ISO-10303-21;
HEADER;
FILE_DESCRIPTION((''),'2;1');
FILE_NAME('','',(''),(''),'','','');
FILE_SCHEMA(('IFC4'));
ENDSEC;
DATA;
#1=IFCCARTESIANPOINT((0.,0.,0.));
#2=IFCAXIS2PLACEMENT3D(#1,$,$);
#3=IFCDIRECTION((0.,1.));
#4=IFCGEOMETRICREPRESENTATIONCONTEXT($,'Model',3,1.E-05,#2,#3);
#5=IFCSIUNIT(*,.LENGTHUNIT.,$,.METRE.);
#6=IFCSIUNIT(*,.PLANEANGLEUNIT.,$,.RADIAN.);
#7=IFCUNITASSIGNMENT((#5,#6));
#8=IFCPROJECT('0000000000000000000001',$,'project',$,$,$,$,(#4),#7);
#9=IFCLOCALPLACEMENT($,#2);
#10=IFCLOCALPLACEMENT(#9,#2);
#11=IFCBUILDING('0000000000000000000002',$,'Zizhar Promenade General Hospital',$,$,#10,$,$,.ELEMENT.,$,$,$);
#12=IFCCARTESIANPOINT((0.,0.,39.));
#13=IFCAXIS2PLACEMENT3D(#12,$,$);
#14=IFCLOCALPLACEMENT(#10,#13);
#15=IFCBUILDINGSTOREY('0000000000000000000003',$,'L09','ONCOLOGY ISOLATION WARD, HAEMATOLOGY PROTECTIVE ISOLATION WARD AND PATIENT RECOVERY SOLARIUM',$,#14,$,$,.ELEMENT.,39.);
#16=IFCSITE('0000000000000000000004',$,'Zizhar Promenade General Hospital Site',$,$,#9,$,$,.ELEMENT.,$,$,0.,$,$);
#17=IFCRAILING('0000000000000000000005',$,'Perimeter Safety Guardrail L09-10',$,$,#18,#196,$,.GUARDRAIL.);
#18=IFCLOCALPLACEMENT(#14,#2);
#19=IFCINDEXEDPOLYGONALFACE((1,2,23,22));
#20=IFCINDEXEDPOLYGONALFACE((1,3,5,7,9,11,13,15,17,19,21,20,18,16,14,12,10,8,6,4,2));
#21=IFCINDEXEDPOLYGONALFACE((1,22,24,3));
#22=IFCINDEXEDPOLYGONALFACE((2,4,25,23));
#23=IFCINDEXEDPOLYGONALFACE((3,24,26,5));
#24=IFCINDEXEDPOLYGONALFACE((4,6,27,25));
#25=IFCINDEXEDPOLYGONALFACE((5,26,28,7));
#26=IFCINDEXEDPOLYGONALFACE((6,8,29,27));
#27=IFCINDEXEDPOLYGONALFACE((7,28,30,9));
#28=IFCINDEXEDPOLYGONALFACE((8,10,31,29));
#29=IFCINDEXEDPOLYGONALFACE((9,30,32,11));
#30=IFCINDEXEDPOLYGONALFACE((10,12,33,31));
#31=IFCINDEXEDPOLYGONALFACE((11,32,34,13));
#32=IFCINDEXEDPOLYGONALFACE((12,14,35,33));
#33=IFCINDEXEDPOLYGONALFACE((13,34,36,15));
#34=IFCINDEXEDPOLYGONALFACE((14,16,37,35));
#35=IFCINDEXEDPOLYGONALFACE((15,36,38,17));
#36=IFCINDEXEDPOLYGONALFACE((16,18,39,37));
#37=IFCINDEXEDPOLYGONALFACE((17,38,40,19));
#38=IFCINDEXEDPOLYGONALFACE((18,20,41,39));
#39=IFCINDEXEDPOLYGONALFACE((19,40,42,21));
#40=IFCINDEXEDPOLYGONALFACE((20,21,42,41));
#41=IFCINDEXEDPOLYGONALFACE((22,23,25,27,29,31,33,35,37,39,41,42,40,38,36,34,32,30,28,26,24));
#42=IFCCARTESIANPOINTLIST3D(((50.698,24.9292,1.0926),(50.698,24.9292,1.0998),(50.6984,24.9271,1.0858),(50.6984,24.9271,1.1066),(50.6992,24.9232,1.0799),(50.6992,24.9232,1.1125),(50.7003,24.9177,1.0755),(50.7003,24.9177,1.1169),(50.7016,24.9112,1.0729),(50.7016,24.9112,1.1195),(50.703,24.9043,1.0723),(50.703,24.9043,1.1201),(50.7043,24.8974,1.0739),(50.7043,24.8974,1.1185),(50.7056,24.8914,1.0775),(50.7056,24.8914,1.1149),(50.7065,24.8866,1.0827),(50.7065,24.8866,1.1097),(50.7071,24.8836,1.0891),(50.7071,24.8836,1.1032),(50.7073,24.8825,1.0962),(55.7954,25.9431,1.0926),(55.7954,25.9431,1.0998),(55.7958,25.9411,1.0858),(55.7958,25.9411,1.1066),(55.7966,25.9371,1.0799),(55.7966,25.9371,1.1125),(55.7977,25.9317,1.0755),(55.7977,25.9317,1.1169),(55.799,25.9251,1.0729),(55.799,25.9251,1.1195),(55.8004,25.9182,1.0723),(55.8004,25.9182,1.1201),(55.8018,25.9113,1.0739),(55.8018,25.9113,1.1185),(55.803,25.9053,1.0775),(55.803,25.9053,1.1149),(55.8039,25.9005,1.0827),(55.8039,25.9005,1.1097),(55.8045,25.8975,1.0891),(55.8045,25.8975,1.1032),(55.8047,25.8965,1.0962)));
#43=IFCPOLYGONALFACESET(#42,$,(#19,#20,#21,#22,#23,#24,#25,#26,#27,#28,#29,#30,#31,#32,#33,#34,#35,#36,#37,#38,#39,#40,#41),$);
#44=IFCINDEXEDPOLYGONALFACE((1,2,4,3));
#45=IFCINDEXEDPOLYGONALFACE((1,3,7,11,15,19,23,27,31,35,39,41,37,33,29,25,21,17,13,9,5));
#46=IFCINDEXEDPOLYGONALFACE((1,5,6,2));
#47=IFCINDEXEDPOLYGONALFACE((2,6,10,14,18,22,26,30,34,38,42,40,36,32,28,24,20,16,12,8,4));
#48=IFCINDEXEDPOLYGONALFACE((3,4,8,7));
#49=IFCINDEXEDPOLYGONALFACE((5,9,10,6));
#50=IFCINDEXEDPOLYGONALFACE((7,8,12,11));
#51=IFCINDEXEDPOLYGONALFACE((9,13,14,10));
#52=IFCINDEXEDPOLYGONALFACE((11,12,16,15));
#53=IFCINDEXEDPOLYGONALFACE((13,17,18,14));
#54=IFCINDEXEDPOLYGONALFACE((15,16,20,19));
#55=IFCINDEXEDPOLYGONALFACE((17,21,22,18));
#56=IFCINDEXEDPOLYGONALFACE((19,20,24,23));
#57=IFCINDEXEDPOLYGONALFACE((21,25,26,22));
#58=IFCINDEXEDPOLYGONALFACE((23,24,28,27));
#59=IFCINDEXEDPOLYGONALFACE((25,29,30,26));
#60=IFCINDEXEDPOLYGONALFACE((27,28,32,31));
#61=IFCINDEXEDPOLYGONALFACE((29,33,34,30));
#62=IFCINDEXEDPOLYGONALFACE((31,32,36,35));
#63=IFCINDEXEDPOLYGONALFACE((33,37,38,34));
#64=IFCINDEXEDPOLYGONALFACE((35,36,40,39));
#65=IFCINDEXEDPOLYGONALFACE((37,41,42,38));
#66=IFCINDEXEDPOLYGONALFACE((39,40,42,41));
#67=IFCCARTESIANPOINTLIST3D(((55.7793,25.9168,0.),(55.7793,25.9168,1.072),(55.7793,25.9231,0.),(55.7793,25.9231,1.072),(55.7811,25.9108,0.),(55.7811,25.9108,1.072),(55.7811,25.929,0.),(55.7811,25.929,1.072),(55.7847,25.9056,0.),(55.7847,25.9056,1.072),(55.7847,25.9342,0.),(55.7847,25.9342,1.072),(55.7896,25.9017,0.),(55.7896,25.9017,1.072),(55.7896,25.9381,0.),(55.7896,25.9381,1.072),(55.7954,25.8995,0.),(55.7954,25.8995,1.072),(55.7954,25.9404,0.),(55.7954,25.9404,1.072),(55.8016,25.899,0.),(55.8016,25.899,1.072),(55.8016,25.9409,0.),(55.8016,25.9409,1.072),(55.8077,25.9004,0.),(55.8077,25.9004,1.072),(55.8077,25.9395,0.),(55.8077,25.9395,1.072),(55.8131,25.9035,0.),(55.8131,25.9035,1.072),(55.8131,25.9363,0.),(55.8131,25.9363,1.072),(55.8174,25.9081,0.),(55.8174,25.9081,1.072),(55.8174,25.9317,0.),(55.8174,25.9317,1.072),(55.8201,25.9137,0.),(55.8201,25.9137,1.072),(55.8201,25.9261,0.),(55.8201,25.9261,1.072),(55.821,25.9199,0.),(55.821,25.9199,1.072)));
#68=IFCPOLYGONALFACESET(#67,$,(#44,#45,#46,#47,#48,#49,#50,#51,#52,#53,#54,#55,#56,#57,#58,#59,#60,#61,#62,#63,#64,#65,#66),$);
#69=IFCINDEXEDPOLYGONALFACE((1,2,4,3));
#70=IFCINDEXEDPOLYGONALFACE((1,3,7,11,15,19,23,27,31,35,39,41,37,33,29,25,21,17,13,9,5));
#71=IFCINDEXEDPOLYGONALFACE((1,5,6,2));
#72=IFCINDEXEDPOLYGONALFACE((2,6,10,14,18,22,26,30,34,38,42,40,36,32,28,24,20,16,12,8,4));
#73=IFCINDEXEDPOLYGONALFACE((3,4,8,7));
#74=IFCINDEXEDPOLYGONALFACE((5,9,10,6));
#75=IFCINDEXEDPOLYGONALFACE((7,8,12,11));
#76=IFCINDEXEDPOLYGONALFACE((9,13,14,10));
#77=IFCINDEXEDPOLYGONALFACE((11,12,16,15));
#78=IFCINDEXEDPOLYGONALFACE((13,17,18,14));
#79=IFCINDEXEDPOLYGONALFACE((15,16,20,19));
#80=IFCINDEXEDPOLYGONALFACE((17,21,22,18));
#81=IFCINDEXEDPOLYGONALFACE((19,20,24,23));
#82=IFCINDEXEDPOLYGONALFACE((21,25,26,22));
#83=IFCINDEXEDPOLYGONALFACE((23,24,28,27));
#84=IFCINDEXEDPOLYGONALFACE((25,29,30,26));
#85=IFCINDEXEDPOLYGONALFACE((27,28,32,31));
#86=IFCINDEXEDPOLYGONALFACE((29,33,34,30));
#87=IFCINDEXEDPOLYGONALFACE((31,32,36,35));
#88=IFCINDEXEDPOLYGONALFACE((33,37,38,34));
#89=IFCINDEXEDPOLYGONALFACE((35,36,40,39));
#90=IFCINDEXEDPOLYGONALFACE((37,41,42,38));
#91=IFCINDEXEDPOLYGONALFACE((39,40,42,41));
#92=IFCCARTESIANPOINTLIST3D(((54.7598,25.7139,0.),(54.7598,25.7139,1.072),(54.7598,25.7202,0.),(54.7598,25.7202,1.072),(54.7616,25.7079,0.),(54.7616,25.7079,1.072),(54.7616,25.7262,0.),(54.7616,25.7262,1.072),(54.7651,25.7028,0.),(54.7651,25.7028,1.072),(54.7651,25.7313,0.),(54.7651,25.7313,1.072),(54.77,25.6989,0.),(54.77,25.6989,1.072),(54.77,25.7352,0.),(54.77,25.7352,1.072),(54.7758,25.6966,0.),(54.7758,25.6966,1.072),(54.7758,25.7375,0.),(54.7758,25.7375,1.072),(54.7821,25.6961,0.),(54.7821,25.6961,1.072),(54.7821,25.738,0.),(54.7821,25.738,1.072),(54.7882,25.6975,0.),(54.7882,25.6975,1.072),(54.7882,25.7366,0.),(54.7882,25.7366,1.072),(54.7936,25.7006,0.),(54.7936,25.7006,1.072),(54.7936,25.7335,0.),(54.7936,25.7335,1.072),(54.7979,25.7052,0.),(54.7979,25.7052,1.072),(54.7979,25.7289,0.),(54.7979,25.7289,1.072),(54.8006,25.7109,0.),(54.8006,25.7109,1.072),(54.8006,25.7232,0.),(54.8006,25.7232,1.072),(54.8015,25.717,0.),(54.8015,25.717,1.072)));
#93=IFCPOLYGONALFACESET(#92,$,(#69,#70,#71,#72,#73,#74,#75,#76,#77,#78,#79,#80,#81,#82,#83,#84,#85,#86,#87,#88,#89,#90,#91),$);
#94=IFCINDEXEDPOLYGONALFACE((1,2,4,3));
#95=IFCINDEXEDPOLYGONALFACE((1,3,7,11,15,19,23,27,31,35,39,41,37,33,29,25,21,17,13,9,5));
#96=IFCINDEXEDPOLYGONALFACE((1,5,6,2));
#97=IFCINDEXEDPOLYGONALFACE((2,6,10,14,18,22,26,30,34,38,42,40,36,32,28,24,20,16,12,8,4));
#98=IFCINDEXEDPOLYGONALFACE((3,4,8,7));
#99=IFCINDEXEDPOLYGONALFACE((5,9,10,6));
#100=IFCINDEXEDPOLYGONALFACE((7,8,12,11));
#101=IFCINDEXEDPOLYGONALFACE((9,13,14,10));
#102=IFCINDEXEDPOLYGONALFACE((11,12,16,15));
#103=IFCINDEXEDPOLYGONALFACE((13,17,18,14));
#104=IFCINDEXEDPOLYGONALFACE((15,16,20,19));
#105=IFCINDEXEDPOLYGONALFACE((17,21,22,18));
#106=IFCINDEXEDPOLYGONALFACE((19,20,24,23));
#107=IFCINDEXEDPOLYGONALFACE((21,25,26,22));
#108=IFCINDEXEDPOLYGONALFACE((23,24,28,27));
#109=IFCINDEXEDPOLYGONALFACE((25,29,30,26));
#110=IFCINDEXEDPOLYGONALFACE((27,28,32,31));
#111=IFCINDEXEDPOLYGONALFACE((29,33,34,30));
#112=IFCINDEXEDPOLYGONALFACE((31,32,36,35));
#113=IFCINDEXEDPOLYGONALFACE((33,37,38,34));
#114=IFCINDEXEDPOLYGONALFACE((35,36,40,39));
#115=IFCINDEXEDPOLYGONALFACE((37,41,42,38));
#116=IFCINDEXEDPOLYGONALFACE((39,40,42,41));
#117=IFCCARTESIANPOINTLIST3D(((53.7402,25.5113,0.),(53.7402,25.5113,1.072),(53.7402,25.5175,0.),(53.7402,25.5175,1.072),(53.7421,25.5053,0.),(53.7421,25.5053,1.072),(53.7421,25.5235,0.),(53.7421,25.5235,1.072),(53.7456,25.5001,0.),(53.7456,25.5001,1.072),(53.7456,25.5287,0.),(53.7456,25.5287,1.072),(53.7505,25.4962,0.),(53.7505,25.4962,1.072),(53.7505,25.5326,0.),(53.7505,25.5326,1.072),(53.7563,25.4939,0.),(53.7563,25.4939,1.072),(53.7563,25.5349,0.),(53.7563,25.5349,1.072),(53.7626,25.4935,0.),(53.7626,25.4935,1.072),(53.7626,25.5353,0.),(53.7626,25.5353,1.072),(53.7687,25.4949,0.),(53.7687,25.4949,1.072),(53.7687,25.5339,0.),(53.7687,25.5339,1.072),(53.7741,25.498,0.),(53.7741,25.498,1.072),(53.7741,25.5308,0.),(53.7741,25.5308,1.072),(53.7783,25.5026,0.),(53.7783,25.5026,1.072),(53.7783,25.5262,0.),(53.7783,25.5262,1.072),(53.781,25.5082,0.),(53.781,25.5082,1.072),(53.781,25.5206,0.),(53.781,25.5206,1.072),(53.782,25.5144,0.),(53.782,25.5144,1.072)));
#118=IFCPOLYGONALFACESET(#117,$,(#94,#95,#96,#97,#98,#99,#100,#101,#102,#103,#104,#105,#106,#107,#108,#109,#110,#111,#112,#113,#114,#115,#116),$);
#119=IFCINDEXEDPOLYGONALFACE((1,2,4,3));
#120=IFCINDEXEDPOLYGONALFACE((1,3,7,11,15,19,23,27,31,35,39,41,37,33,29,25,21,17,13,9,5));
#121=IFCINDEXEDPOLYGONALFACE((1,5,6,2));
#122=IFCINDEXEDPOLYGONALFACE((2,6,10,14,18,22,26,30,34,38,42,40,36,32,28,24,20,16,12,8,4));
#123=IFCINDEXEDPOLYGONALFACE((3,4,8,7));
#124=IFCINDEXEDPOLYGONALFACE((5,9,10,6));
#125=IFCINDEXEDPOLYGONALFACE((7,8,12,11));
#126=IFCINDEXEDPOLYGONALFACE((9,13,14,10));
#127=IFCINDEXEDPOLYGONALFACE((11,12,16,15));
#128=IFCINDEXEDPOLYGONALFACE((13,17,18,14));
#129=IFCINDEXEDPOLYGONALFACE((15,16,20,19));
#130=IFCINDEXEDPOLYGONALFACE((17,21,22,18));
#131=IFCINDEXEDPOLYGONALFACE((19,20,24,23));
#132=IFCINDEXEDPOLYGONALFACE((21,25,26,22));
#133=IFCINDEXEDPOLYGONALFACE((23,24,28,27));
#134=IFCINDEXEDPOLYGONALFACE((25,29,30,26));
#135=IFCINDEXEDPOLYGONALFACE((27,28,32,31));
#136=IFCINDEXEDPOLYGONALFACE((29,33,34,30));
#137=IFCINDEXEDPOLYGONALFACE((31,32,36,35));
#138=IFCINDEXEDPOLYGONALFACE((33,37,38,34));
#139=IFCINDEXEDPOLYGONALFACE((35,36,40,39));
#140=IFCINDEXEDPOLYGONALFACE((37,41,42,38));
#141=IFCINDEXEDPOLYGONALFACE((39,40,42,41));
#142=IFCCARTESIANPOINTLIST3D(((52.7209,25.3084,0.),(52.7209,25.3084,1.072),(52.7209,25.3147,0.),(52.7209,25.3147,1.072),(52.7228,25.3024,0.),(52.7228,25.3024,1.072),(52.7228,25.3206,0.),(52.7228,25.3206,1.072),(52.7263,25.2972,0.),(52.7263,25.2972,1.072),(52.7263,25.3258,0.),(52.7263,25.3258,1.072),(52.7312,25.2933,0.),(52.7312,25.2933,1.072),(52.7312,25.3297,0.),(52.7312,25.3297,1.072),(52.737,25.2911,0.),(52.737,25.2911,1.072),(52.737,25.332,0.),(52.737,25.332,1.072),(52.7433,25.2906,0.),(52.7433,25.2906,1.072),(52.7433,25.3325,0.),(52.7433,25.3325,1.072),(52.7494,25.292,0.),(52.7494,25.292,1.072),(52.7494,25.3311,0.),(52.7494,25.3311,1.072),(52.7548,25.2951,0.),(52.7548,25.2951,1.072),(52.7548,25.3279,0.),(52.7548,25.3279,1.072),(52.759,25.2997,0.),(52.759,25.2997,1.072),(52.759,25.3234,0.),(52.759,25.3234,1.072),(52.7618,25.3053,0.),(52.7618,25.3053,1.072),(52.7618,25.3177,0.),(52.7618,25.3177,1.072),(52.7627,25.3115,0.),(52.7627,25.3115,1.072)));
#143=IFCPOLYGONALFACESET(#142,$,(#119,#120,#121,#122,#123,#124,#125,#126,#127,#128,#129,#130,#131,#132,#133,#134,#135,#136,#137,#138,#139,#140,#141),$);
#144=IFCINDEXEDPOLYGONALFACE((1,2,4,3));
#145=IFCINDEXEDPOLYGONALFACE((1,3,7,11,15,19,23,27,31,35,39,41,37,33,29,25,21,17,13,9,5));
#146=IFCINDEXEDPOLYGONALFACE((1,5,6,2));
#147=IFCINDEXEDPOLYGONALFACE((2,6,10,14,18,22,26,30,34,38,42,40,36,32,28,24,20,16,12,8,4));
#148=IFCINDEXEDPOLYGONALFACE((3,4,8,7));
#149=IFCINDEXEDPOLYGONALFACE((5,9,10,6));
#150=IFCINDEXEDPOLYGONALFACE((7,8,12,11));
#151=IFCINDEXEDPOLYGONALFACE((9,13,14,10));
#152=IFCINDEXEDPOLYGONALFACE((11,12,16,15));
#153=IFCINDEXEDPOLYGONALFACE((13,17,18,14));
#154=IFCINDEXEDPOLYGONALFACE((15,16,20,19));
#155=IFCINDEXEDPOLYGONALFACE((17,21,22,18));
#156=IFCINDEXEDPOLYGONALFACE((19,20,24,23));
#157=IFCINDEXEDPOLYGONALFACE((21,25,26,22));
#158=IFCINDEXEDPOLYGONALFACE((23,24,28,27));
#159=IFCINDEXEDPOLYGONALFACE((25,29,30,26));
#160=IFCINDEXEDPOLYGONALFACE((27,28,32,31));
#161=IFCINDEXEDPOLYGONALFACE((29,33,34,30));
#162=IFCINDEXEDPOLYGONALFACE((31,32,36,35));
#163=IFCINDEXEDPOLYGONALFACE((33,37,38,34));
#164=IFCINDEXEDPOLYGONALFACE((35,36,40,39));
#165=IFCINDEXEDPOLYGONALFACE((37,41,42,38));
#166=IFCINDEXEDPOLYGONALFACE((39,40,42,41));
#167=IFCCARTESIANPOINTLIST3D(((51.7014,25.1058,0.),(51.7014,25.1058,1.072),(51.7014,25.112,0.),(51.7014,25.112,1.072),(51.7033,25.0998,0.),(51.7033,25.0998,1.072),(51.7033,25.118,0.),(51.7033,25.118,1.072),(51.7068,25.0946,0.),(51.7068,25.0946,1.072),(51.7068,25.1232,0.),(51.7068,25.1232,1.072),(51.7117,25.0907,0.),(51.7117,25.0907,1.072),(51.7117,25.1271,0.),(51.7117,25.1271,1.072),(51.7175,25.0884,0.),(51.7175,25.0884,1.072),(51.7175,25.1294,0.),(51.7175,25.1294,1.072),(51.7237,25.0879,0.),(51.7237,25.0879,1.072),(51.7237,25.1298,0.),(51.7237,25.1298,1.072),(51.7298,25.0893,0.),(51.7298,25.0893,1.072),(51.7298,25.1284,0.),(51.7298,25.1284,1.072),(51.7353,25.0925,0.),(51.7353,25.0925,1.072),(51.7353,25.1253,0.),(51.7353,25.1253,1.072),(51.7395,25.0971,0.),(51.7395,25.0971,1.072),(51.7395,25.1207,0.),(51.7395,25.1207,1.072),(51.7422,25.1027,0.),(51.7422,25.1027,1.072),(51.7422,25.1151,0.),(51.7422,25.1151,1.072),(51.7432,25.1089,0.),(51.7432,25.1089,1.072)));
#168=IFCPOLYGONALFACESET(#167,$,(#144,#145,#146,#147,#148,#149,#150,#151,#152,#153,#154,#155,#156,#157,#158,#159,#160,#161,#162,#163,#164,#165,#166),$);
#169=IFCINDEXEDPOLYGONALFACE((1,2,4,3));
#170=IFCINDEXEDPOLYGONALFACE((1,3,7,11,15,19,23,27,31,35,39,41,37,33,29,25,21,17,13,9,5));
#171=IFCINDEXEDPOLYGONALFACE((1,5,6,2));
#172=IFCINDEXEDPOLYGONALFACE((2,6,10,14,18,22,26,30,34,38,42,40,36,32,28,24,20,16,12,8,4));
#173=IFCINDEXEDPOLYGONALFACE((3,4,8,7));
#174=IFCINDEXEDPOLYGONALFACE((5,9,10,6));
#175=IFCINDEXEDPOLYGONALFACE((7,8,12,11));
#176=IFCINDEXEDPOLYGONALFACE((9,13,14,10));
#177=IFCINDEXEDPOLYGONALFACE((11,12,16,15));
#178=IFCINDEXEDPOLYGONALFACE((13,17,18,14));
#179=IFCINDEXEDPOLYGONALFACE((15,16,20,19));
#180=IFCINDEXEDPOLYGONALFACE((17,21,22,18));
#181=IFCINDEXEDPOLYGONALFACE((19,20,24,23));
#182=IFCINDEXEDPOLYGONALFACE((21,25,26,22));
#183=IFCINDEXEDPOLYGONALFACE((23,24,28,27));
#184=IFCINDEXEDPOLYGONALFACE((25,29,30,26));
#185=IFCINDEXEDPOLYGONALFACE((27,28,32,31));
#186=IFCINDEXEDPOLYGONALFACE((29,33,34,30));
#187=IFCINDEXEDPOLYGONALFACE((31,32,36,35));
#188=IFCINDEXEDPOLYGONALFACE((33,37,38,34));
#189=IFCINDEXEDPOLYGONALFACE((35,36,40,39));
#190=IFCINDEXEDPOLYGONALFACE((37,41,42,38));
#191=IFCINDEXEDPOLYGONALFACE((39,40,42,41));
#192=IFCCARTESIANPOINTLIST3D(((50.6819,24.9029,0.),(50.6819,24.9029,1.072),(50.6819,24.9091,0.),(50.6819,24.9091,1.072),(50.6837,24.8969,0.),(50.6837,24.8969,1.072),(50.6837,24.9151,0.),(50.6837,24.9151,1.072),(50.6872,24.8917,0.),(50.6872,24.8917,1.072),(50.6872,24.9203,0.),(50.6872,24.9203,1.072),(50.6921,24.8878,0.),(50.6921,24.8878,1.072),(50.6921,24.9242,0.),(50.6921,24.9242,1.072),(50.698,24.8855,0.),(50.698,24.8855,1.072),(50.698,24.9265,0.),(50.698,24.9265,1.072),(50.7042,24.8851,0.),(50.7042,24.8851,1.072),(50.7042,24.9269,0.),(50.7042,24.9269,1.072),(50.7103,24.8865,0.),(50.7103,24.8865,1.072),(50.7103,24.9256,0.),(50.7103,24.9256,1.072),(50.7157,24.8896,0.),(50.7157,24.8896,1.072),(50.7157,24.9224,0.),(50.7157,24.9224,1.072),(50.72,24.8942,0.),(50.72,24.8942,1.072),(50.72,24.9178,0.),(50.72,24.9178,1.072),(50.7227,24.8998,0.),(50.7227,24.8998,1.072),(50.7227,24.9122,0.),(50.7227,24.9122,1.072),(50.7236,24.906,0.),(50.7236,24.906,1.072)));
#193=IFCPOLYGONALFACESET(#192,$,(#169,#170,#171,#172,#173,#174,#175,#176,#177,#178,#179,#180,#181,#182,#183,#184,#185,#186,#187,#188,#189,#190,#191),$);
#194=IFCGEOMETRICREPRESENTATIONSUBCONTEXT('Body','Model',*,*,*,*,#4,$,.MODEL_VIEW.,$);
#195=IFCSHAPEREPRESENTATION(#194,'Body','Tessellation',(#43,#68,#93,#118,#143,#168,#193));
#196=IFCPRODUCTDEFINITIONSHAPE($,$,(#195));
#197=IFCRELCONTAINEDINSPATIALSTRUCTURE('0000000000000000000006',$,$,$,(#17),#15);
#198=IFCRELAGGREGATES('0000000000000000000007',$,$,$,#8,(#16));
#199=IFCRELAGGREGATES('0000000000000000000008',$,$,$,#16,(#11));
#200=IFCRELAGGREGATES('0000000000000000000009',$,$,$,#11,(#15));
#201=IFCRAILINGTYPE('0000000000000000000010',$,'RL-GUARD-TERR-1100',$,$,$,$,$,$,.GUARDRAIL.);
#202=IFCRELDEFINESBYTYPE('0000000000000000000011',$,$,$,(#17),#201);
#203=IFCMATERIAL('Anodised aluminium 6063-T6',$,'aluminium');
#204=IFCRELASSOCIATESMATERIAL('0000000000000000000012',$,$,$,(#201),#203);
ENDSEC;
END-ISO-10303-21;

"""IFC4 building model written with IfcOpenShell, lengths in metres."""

from ifc_helpers import new_model, si_unit, direction, frame, origin, origin_2d, place, context, subcontext, project, spatial, circle, hollow_circle, extrude, material, material_profile, profile_set, type_object, element, save


model = new_model("IFC4")

# Units and contexts
model_context = context("Model", 3, precision=1e-05, world=origin(), true_north=direction((0.0, 1.0)))
body_context = subcontext(model_context, "Body", "Model", "MODEL_VIEW")
ifc_project = project(units=[si_unit("LENGTHUNIT", "METRE"), si_unit("PLANEANGLEUNIT", "RADIAN")], contexts=[model_context])

# Site, building, storey
site_placement = place(None, origin())
site = spatial("IfcSite", under=ifc_project, at=site_placement, Name="Zizhar Promenade General Hospital Site", CompositionType="ELEMENT", RefElevation=0.0)
building_placement = place(site_placement, origin())
building = spatial("IfcBuilding", under=site, at=building_placement, Name="Zizhar Promenade General Hospital", CompositionType="ELEMENT")
storey_placement = place(building_placement, frame((0.0, 0.0, 39.0)))
storey = spatial("IfcBuildingStorey", under=building, at=storey_placement, Name="L09", Description="ONCOLOGY ISOLATION WARD, HAEMATOLOGY PROTECTIVE ISOLATION WARD AND PATIENT RECOVERY SOLARIUM", CompositionType="ELEMENT", Elevation=39.0)

# Railing
ifc_material_1 = material(Name="Anodised aluminium 6063-T6", Category="aluminium")
ifc_material_profile_1 = material_profile(ifc_material_1, hollow_circle(Radius=0.0698, WallThickness=0.0063, at=origin_2d()))
ifc_profile_set_1 = profile_set([ifc_material_profile_1], Name="Anodised aluminium 6063-T6")
railing_type = type_object("IfcRailingType", Name="RL-GUARD-TERR-1100", PredefinedType="GUARDRAIL", material=ifc_profile_set_1)
railing_placement = place(storey_placement, frame((55.8, 25.9199, 0.0)))
element("IfcRailing", 1, at=railing_placement, inside=storey, type_object=railing_type, Name="Perimeter Safety Guardrail L09-10", PredefinedType="GUARDRAIL", context=body_context, shape_type="SweptSolid", body=[
    extrude(circle(Radius=0.0239, at=origin_2d()), frame((0.0, 0.0, 1.0962), z_axis=(-0.980786, -0.195086, 0.0), x_axis=(0.195086, -0.980786, 0.0)), (0.0, 0.0, 1.0), 5.1973),
    extrude(circle(Radius=0.021, at=origin_2d()), origin(), (0.0, 0.0, 1.0), 1.072),
    extrude(circle(Radius=0.021, at=origin_2d()), frame((-1.0195, -0.2029, 0.0)), (0.0, 0.0, 1.0), 1.072),
    extrude(circle(Radius=0.021, at=origin_2d()), frame((-2.0391, -0.4055, 0.0)), (0.0, 0.0, 1.0), 1.072),
    extrude(circle(Radius=0.021, at=origin_2d()), frame((-3.0583, -0.6084, 0.0)), (0.0, 0.0, 1.0), 1.072),
    extrude(circle(Radius=0.021, at=origin_2d()), frame((-4.0779, -0.811, 0.0)), (0.0, 0.0, 1.0), 1.072),
    extrude(circle(Radius=0.021, at=origin_2d()), frame((-5.0974, -1.0139, 0.0)), (0.0, 0.0, 1.0), 1.072),
])

save(model, "model.ifc")
